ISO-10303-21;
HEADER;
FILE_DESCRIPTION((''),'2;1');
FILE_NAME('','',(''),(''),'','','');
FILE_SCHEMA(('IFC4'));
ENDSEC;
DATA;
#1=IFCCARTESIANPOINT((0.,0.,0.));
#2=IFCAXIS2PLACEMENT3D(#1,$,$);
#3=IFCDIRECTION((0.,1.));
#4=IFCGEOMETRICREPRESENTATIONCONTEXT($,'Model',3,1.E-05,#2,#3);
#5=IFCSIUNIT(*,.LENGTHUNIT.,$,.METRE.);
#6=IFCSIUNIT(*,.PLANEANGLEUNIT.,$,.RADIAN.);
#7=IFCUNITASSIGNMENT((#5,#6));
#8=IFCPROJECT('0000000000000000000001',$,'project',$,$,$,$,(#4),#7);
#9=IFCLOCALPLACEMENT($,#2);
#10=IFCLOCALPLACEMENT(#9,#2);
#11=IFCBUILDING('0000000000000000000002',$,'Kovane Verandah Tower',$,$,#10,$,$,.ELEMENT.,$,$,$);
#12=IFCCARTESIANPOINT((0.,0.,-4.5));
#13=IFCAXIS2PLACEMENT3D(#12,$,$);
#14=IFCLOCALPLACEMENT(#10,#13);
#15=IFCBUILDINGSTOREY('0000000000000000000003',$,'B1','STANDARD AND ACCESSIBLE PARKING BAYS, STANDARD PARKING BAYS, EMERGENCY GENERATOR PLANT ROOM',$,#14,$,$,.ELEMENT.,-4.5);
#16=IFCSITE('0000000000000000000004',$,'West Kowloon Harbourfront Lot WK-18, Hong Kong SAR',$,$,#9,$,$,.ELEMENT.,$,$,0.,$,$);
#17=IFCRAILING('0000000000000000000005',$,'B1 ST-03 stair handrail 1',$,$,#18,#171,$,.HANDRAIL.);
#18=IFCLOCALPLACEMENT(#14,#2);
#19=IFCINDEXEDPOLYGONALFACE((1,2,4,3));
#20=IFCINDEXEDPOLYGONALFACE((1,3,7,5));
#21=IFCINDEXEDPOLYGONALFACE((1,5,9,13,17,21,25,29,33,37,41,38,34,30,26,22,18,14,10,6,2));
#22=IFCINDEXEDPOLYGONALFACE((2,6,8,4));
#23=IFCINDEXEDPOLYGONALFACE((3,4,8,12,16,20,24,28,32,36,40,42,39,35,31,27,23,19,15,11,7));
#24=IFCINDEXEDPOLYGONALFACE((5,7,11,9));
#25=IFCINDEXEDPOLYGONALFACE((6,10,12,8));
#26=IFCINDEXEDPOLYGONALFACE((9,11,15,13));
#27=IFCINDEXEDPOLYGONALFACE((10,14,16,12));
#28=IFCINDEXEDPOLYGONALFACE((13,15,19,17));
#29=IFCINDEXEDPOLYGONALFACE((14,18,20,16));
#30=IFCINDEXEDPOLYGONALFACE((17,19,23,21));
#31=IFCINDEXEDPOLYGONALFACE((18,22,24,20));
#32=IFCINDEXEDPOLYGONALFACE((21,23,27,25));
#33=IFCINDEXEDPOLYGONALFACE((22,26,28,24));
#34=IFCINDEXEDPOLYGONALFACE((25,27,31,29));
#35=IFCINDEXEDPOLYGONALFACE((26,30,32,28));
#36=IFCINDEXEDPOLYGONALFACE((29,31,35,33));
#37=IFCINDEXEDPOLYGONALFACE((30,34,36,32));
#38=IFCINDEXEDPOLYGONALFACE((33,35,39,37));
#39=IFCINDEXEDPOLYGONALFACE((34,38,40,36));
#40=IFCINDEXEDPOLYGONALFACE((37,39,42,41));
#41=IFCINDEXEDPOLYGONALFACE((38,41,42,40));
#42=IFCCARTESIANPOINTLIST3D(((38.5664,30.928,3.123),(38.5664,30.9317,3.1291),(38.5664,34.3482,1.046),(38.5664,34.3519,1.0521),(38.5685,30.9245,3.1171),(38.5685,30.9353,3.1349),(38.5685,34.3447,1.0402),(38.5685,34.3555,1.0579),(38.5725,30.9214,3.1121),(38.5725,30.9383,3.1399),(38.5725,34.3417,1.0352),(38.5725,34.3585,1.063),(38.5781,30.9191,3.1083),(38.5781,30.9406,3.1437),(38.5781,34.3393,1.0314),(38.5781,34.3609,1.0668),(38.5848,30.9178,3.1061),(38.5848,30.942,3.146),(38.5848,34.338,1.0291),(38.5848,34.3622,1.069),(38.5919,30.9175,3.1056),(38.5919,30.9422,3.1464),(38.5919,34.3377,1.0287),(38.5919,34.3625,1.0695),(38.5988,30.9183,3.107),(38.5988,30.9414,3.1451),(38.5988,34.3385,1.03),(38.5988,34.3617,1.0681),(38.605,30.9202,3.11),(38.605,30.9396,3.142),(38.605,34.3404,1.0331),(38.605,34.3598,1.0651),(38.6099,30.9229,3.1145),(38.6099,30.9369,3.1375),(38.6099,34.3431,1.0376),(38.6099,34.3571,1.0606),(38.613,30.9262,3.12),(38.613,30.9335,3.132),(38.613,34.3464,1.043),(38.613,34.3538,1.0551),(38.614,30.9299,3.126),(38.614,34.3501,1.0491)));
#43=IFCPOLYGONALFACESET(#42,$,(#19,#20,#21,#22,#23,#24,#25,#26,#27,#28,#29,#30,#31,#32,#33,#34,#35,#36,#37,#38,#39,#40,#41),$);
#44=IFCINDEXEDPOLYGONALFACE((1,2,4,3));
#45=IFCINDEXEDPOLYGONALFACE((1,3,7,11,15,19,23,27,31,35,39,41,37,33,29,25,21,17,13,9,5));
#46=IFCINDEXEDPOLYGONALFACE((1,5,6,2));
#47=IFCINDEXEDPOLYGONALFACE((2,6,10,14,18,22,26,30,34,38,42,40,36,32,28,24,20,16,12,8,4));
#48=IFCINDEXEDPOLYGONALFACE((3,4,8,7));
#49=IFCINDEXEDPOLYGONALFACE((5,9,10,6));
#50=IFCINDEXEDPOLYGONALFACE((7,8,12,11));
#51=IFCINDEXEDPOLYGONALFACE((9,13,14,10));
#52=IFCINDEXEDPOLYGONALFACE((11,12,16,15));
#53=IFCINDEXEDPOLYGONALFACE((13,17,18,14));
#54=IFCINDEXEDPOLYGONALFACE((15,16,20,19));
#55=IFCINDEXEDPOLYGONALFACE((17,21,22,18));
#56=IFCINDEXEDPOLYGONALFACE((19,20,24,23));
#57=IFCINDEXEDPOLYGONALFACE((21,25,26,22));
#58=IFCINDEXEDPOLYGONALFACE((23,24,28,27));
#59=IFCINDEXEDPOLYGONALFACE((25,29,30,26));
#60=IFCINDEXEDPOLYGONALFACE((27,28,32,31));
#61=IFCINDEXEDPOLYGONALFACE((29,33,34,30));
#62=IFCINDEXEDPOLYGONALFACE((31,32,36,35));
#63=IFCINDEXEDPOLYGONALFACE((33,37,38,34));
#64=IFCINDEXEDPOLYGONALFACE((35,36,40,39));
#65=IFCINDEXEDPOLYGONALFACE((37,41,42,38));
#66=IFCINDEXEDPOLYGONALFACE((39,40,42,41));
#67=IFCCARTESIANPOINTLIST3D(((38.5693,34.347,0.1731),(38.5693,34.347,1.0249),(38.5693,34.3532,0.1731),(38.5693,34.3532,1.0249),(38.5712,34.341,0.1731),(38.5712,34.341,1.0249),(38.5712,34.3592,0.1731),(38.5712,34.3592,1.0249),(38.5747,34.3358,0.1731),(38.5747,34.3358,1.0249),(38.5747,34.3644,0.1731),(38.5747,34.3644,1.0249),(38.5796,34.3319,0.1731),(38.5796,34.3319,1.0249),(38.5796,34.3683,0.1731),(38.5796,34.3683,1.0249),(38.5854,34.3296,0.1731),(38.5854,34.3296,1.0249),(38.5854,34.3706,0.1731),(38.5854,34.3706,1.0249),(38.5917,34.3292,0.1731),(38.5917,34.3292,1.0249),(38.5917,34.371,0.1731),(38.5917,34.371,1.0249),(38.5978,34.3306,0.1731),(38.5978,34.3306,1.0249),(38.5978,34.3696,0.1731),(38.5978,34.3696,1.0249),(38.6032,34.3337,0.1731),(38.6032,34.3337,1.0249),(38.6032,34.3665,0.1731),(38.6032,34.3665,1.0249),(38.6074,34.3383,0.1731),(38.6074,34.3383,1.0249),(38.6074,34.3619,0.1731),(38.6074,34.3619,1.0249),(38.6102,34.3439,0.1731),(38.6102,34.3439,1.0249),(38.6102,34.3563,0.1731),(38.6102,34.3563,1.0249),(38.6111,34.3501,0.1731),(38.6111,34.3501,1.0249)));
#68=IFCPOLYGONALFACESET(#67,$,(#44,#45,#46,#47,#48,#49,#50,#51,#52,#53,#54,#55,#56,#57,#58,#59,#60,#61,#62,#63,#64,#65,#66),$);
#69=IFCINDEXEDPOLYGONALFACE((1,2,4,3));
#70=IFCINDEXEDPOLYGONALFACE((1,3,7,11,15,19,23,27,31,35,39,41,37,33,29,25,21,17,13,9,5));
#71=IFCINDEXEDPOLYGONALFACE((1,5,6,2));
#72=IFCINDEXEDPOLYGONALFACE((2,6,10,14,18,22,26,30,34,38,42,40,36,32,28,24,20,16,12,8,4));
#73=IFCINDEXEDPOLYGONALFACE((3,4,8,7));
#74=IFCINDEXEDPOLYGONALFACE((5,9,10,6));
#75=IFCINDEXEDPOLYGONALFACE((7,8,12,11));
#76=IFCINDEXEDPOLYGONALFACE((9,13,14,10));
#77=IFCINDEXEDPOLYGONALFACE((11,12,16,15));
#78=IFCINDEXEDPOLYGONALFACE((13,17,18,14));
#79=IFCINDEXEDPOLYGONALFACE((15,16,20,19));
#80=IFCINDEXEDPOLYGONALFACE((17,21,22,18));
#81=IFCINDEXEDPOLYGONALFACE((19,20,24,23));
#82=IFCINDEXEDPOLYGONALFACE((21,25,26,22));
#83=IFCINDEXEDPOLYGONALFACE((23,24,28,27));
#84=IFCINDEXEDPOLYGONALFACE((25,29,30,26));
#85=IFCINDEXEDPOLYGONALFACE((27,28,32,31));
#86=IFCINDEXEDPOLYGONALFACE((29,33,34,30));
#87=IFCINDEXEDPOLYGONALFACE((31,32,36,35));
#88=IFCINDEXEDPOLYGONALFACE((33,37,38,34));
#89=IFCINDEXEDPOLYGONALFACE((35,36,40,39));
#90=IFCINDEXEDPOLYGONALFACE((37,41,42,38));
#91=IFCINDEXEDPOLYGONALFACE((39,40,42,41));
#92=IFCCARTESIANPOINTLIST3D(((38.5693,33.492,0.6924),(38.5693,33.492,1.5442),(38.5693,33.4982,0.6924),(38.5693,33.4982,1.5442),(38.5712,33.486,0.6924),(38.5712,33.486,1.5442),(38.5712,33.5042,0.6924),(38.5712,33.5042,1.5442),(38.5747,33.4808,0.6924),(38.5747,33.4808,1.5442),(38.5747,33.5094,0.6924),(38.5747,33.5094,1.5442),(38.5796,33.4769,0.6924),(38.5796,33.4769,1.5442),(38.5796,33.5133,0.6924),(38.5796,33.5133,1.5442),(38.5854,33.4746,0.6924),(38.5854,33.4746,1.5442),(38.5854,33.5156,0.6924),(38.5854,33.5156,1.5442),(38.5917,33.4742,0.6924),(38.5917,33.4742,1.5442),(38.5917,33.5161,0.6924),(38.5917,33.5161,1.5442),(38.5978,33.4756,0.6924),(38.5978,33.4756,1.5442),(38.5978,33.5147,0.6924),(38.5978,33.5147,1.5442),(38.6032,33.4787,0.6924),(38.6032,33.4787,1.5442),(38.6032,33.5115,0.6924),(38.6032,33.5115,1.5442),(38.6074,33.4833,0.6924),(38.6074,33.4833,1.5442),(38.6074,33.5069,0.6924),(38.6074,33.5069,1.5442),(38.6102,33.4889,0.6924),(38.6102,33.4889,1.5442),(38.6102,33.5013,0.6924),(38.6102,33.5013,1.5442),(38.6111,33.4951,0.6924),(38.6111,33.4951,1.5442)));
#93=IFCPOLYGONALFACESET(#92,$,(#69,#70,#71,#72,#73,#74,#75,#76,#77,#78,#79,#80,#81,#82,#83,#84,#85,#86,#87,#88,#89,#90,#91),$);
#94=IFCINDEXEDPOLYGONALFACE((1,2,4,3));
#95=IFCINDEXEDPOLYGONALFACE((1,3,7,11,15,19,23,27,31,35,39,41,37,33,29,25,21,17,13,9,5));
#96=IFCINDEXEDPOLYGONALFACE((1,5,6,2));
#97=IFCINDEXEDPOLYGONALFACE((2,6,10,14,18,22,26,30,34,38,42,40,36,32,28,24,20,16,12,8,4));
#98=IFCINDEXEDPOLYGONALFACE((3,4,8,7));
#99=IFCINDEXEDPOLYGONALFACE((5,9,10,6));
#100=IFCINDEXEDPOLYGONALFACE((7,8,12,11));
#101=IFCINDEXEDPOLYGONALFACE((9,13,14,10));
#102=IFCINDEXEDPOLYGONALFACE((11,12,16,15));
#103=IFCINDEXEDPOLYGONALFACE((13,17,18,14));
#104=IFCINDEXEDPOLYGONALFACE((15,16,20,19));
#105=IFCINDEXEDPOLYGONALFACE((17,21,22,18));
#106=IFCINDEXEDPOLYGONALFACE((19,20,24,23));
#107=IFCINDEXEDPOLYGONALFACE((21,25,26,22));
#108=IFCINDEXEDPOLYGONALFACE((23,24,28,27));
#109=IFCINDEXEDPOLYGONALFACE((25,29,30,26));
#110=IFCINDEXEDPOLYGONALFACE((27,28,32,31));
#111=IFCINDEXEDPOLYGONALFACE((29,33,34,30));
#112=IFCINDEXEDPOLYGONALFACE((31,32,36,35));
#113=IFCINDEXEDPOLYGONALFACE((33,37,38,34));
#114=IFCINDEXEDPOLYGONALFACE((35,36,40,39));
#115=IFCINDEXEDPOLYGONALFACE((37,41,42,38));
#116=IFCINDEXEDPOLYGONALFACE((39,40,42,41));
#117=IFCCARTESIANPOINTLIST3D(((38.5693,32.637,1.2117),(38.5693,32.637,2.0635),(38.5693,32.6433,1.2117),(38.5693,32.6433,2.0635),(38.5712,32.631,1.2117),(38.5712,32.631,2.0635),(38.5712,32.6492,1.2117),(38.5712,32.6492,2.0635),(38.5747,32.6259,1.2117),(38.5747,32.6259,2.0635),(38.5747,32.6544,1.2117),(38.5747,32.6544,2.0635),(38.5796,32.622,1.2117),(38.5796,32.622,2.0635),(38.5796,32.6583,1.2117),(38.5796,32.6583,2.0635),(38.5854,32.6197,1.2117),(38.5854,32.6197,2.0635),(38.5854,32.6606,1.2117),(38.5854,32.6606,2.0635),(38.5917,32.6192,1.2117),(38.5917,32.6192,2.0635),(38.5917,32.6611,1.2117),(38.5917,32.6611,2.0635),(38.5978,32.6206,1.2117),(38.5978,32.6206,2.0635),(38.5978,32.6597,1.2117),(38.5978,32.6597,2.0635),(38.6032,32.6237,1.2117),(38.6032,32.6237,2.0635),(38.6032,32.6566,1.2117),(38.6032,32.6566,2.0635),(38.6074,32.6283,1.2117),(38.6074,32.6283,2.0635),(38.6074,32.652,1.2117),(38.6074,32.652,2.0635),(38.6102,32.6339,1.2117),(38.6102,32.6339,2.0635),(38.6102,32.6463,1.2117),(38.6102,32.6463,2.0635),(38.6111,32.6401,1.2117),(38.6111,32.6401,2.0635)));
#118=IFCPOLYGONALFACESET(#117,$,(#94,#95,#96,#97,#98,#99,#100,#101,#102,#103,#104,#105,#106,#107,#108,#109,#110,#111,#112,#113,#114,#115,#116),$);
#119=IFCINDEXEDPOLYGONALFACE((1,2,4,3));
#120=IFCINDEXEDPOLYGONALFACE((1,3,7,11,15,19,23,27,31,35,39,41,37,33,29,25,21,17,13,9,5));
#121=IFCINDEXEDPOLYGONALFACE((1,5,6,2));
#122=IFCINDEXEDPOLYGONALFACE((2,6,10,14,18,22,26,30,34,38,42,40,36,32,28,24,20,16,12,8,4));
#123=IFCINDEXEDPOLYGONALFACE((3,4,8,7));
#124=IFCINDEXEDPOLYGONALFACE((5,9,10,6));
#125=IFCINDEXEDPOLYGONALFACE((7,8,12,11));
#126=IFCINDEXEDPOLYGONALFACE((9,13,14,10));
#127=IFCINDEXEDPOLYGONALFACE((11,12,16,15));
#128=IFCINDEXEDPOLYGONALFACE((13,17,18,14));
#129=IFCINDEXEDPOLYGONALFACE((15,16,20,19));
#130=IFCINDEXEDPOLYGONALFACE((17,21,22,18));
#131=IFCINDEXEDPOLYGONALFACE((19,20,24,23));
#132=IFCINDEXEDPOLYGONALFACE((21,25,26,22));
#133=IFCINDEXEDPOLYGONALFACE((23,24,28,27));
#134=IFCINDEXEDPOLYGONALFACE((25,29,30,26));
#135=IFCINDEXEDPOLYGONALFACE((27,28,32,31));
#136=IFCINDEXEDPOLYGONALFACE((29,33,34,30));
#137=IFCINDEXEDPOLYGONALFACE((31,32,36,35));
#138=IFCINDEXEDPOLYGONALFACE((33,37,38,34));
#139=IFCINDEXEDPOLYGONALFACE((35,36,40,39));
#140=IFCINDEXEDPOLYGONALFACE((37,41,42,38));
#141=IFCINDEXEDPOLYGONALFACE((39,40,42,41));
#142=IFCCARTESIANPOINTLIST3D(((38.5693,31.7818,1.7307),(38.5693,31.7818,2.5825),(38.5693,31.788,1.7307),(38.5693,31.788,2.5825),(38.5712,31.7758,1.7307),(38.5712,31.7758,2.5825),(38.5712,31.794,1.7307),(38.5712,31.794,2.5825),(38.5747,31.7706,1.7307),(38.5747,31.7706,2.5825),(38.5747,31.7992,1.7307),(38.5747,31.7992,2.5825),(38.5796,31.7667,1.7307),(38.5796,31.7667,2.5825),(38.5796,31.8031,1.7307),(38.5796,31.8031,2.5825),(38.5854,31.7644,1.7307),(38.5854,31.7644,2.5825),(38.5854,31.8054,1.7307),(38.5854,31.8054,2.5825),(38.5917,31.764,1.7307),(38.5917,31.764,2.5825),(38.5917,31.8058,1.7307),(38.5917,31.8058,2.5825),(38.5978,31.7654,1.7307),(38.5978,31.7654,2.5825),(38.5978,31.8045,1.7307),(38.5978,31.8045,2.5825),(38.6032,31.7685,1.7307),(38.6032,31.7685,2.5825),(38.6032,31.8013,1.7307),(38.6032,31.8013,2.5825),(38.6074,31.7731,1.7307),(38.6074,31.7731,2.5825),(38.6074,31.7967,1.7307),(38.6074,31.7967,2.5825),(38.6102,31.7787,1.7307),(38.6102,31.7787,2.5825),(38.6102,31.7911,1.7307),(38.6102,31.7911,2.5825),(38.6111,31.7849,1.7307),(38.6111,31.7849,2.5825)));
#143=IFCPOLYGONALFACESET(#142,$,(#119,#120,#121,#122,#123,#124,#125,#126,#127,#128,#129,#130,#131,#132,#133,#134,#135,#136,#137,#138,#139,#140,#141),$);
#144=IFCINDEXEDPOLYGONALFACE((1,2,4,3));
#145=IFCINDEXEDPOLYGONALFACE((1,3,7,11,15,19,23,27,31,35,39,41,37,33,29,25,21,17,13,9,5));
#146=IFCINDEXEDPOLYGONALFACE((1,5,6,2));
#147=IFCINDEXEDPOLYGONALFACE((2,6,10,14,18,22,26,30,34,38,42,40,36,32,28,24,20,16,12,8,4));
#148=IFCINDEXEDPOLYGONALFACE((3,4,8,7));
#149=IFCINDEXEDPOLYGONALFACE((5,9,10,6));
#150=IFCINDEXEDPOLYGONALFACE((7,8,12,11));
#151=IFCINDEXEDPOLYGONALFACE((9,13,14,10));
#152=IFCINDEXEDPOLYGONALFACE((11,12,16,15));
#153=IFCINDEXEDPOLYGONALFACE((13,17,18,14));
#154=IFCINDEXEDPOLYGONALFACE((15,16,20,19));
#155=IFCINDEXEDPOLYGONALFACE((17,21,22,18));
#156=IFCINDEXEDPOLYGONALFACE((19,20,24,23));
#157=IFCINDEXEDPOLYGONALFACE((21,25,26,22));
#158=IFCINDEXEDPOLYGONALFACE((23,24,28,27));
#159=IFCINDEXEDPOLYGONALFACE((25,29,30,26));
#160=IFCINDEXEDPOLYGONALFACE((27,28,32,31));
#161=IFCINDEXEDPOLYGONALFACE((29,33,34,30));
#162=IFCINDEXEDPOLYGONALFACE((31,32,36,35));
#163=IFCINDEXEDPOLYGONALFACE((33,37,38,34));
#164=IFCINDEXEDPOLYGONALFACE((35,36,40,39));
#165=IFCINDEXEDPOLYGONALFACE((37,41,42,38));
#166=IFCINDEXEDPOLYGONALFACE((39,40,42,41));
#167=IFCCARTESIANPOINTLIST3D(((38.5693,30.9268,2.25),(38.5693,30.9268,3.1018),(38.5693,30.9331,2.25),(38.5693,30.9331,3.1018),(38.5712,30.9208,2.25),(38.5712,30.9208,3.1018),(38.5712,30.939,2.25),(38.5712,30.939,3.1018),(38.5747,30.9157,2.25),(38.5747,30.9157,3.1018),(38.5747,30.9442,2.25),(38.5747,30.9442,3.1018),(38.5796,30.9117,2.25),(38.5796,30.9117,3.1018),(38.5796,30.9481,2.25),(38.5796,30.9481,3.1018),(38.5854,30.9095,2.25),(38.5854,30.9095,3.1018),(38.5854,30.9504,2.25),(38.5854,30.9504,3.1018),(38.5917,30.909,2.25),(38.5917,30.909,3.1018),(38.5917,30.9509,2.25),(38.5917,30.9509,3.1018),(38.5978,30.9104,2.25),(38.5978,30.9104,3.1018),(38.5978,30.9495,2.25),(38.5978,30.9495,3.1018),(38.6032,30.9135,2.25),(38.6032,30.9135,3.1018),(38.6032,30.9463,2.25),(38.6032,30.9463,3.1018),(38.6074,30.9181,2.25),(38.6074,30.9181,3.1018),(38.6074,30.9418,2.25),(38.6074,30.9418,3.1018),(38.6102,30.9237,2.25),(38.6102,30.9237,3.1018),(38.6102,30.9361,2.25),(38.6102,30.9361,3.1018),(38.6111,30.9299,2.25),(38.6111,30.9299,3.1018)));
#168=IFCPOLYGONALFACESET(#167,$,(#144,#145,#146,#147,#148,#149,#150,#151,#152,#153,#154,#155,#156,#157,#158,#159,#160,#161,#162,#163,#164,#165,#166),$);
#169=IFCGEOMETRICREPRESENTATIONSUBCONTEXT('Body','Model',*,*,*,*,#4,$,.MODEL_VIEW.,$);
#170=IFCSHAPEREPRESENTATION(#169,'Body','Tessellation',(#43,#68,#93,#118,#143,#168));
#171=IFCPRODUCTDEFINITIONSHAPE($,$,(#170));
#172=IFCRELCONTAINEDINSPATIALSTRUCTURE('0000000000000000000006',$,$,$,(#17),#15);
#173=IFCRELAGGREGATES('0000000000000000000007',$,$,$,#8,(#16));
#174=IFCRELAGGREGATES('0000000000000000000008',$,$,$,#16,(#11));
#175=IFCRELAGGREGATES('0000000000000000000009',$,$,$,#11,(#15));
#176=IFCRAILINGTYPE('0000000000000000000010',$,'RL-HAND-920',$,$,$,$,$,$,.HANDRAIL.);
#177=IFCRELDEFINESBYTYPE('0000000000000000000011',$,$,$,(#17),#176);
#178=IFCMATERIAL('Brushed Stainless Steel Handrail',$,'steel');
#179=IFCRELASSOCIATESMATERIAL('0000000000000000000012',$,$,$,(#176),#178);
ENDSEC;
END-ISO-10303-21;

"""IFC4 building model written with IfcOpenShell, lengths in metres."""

from ifc_helpers import new_model, si_unit, direction, frame, origin, origin_2d, place, context, subcontext, project, spatial, circle, extrude, material, type_object, element, save


model = new_model("IFC4")

# Units and contexts
model_context = context("Model", 3, precision=1e-05, world=origin(), true_north=direction((0.0, 1.0)))
body_context = subcontext(model_context, "Body", "Model", "MODEL_VIEW")
ifc_project = project(units=[si_unit("LENGTHUNIT", "METRE"), si_unit("PLANEANGLEUNIT", "RADIAN")], contexts=[model_context])

# Site, building, storey
site_placement = place(None, origin())
site = spatial("IfcSite", under=ifc_project, at=site_placement, Name="West Kowloon Harbourfront Lot WK-18, Hong Kong SAR", CompositionType="ELEMENT", RefElevation=0.0)
building_placement = place(site_placement, origin())
building = spatial("IfcBuilding", under=site, at=building_placement, Name="Kovane Verandah Tower", CompositionType="ELEMENT")
storey_placement = place(building_placement, frame((0.0, 0.0, -4.5)))
storey = spatial("IfcBuildingStorey", under=building, at=storey_placement, Name="B1", Description="STANDARD AND ACCESSIBLE PARKING BAYS, STANDARD PARKING BAYS, EMERGENCY GENERATOR PLANT ROOM", CompositionType="ELEMENT", Elevation=-4.5)

# Railing
ifc_material_1 = material(Name="Brushed Stainless Steel Handrail", Category="steel")
railing_type_1 = type_object("IfcRailingType", Name="RL-HAND-920", PredefinedType="HANDRAIL", material=ifc_material_1)
railing_1_placement = place(storey_placement, frame((38.5901, 34.3501, 0.1731)))
element("IfcRailing", 1, at=railing_1_placement, inside=storey, type_object=railing_type_1, Name="B1 ST-03 stair handrail 1", PredefinedType="HANDRAIL", context=body_context, shape_type="SweptSolid", body=[
    extrude(circle(Radius=0.0239, at=origin_2d()), frame((0.0, 0.0, 0.876), z_axis=(0.0, -0.854746, 0.519047), x_axis=(1.0, 0.0, 0.0)), (0.0, 0.0, 1.0), 4.0015),
    extrude(circle(Radius=0.021, at=origin_2d()), origin(), (0.0, 0.0, 1.0), 0.8518),
    extrude(circle(Radius=0.021, at=origin_2d()), frame((0.0, -0.855, 0.5193)), (0.0, 0.0, 1.0), 0.8518),
    extrude(circle(Radius=0.021, at=origin_2d()), frame((0.0, -1.71, 1.0386)), (0.0, 0.0, 1.0), 0.8518),
    extrude(circle(Radius=0.021, at=origin_2d()), frame((0.0, -2.5652, 1.5576)), (0.0, 0.0, 1.0), 0.8518),
    extrude(circle(Radius=0.021, at=origin_2d()), frame((0.0, -3.4202, 2.0769)), (0.0, 0.0, 1.0), 0.8518),
])

save(model, "model.ifc")
